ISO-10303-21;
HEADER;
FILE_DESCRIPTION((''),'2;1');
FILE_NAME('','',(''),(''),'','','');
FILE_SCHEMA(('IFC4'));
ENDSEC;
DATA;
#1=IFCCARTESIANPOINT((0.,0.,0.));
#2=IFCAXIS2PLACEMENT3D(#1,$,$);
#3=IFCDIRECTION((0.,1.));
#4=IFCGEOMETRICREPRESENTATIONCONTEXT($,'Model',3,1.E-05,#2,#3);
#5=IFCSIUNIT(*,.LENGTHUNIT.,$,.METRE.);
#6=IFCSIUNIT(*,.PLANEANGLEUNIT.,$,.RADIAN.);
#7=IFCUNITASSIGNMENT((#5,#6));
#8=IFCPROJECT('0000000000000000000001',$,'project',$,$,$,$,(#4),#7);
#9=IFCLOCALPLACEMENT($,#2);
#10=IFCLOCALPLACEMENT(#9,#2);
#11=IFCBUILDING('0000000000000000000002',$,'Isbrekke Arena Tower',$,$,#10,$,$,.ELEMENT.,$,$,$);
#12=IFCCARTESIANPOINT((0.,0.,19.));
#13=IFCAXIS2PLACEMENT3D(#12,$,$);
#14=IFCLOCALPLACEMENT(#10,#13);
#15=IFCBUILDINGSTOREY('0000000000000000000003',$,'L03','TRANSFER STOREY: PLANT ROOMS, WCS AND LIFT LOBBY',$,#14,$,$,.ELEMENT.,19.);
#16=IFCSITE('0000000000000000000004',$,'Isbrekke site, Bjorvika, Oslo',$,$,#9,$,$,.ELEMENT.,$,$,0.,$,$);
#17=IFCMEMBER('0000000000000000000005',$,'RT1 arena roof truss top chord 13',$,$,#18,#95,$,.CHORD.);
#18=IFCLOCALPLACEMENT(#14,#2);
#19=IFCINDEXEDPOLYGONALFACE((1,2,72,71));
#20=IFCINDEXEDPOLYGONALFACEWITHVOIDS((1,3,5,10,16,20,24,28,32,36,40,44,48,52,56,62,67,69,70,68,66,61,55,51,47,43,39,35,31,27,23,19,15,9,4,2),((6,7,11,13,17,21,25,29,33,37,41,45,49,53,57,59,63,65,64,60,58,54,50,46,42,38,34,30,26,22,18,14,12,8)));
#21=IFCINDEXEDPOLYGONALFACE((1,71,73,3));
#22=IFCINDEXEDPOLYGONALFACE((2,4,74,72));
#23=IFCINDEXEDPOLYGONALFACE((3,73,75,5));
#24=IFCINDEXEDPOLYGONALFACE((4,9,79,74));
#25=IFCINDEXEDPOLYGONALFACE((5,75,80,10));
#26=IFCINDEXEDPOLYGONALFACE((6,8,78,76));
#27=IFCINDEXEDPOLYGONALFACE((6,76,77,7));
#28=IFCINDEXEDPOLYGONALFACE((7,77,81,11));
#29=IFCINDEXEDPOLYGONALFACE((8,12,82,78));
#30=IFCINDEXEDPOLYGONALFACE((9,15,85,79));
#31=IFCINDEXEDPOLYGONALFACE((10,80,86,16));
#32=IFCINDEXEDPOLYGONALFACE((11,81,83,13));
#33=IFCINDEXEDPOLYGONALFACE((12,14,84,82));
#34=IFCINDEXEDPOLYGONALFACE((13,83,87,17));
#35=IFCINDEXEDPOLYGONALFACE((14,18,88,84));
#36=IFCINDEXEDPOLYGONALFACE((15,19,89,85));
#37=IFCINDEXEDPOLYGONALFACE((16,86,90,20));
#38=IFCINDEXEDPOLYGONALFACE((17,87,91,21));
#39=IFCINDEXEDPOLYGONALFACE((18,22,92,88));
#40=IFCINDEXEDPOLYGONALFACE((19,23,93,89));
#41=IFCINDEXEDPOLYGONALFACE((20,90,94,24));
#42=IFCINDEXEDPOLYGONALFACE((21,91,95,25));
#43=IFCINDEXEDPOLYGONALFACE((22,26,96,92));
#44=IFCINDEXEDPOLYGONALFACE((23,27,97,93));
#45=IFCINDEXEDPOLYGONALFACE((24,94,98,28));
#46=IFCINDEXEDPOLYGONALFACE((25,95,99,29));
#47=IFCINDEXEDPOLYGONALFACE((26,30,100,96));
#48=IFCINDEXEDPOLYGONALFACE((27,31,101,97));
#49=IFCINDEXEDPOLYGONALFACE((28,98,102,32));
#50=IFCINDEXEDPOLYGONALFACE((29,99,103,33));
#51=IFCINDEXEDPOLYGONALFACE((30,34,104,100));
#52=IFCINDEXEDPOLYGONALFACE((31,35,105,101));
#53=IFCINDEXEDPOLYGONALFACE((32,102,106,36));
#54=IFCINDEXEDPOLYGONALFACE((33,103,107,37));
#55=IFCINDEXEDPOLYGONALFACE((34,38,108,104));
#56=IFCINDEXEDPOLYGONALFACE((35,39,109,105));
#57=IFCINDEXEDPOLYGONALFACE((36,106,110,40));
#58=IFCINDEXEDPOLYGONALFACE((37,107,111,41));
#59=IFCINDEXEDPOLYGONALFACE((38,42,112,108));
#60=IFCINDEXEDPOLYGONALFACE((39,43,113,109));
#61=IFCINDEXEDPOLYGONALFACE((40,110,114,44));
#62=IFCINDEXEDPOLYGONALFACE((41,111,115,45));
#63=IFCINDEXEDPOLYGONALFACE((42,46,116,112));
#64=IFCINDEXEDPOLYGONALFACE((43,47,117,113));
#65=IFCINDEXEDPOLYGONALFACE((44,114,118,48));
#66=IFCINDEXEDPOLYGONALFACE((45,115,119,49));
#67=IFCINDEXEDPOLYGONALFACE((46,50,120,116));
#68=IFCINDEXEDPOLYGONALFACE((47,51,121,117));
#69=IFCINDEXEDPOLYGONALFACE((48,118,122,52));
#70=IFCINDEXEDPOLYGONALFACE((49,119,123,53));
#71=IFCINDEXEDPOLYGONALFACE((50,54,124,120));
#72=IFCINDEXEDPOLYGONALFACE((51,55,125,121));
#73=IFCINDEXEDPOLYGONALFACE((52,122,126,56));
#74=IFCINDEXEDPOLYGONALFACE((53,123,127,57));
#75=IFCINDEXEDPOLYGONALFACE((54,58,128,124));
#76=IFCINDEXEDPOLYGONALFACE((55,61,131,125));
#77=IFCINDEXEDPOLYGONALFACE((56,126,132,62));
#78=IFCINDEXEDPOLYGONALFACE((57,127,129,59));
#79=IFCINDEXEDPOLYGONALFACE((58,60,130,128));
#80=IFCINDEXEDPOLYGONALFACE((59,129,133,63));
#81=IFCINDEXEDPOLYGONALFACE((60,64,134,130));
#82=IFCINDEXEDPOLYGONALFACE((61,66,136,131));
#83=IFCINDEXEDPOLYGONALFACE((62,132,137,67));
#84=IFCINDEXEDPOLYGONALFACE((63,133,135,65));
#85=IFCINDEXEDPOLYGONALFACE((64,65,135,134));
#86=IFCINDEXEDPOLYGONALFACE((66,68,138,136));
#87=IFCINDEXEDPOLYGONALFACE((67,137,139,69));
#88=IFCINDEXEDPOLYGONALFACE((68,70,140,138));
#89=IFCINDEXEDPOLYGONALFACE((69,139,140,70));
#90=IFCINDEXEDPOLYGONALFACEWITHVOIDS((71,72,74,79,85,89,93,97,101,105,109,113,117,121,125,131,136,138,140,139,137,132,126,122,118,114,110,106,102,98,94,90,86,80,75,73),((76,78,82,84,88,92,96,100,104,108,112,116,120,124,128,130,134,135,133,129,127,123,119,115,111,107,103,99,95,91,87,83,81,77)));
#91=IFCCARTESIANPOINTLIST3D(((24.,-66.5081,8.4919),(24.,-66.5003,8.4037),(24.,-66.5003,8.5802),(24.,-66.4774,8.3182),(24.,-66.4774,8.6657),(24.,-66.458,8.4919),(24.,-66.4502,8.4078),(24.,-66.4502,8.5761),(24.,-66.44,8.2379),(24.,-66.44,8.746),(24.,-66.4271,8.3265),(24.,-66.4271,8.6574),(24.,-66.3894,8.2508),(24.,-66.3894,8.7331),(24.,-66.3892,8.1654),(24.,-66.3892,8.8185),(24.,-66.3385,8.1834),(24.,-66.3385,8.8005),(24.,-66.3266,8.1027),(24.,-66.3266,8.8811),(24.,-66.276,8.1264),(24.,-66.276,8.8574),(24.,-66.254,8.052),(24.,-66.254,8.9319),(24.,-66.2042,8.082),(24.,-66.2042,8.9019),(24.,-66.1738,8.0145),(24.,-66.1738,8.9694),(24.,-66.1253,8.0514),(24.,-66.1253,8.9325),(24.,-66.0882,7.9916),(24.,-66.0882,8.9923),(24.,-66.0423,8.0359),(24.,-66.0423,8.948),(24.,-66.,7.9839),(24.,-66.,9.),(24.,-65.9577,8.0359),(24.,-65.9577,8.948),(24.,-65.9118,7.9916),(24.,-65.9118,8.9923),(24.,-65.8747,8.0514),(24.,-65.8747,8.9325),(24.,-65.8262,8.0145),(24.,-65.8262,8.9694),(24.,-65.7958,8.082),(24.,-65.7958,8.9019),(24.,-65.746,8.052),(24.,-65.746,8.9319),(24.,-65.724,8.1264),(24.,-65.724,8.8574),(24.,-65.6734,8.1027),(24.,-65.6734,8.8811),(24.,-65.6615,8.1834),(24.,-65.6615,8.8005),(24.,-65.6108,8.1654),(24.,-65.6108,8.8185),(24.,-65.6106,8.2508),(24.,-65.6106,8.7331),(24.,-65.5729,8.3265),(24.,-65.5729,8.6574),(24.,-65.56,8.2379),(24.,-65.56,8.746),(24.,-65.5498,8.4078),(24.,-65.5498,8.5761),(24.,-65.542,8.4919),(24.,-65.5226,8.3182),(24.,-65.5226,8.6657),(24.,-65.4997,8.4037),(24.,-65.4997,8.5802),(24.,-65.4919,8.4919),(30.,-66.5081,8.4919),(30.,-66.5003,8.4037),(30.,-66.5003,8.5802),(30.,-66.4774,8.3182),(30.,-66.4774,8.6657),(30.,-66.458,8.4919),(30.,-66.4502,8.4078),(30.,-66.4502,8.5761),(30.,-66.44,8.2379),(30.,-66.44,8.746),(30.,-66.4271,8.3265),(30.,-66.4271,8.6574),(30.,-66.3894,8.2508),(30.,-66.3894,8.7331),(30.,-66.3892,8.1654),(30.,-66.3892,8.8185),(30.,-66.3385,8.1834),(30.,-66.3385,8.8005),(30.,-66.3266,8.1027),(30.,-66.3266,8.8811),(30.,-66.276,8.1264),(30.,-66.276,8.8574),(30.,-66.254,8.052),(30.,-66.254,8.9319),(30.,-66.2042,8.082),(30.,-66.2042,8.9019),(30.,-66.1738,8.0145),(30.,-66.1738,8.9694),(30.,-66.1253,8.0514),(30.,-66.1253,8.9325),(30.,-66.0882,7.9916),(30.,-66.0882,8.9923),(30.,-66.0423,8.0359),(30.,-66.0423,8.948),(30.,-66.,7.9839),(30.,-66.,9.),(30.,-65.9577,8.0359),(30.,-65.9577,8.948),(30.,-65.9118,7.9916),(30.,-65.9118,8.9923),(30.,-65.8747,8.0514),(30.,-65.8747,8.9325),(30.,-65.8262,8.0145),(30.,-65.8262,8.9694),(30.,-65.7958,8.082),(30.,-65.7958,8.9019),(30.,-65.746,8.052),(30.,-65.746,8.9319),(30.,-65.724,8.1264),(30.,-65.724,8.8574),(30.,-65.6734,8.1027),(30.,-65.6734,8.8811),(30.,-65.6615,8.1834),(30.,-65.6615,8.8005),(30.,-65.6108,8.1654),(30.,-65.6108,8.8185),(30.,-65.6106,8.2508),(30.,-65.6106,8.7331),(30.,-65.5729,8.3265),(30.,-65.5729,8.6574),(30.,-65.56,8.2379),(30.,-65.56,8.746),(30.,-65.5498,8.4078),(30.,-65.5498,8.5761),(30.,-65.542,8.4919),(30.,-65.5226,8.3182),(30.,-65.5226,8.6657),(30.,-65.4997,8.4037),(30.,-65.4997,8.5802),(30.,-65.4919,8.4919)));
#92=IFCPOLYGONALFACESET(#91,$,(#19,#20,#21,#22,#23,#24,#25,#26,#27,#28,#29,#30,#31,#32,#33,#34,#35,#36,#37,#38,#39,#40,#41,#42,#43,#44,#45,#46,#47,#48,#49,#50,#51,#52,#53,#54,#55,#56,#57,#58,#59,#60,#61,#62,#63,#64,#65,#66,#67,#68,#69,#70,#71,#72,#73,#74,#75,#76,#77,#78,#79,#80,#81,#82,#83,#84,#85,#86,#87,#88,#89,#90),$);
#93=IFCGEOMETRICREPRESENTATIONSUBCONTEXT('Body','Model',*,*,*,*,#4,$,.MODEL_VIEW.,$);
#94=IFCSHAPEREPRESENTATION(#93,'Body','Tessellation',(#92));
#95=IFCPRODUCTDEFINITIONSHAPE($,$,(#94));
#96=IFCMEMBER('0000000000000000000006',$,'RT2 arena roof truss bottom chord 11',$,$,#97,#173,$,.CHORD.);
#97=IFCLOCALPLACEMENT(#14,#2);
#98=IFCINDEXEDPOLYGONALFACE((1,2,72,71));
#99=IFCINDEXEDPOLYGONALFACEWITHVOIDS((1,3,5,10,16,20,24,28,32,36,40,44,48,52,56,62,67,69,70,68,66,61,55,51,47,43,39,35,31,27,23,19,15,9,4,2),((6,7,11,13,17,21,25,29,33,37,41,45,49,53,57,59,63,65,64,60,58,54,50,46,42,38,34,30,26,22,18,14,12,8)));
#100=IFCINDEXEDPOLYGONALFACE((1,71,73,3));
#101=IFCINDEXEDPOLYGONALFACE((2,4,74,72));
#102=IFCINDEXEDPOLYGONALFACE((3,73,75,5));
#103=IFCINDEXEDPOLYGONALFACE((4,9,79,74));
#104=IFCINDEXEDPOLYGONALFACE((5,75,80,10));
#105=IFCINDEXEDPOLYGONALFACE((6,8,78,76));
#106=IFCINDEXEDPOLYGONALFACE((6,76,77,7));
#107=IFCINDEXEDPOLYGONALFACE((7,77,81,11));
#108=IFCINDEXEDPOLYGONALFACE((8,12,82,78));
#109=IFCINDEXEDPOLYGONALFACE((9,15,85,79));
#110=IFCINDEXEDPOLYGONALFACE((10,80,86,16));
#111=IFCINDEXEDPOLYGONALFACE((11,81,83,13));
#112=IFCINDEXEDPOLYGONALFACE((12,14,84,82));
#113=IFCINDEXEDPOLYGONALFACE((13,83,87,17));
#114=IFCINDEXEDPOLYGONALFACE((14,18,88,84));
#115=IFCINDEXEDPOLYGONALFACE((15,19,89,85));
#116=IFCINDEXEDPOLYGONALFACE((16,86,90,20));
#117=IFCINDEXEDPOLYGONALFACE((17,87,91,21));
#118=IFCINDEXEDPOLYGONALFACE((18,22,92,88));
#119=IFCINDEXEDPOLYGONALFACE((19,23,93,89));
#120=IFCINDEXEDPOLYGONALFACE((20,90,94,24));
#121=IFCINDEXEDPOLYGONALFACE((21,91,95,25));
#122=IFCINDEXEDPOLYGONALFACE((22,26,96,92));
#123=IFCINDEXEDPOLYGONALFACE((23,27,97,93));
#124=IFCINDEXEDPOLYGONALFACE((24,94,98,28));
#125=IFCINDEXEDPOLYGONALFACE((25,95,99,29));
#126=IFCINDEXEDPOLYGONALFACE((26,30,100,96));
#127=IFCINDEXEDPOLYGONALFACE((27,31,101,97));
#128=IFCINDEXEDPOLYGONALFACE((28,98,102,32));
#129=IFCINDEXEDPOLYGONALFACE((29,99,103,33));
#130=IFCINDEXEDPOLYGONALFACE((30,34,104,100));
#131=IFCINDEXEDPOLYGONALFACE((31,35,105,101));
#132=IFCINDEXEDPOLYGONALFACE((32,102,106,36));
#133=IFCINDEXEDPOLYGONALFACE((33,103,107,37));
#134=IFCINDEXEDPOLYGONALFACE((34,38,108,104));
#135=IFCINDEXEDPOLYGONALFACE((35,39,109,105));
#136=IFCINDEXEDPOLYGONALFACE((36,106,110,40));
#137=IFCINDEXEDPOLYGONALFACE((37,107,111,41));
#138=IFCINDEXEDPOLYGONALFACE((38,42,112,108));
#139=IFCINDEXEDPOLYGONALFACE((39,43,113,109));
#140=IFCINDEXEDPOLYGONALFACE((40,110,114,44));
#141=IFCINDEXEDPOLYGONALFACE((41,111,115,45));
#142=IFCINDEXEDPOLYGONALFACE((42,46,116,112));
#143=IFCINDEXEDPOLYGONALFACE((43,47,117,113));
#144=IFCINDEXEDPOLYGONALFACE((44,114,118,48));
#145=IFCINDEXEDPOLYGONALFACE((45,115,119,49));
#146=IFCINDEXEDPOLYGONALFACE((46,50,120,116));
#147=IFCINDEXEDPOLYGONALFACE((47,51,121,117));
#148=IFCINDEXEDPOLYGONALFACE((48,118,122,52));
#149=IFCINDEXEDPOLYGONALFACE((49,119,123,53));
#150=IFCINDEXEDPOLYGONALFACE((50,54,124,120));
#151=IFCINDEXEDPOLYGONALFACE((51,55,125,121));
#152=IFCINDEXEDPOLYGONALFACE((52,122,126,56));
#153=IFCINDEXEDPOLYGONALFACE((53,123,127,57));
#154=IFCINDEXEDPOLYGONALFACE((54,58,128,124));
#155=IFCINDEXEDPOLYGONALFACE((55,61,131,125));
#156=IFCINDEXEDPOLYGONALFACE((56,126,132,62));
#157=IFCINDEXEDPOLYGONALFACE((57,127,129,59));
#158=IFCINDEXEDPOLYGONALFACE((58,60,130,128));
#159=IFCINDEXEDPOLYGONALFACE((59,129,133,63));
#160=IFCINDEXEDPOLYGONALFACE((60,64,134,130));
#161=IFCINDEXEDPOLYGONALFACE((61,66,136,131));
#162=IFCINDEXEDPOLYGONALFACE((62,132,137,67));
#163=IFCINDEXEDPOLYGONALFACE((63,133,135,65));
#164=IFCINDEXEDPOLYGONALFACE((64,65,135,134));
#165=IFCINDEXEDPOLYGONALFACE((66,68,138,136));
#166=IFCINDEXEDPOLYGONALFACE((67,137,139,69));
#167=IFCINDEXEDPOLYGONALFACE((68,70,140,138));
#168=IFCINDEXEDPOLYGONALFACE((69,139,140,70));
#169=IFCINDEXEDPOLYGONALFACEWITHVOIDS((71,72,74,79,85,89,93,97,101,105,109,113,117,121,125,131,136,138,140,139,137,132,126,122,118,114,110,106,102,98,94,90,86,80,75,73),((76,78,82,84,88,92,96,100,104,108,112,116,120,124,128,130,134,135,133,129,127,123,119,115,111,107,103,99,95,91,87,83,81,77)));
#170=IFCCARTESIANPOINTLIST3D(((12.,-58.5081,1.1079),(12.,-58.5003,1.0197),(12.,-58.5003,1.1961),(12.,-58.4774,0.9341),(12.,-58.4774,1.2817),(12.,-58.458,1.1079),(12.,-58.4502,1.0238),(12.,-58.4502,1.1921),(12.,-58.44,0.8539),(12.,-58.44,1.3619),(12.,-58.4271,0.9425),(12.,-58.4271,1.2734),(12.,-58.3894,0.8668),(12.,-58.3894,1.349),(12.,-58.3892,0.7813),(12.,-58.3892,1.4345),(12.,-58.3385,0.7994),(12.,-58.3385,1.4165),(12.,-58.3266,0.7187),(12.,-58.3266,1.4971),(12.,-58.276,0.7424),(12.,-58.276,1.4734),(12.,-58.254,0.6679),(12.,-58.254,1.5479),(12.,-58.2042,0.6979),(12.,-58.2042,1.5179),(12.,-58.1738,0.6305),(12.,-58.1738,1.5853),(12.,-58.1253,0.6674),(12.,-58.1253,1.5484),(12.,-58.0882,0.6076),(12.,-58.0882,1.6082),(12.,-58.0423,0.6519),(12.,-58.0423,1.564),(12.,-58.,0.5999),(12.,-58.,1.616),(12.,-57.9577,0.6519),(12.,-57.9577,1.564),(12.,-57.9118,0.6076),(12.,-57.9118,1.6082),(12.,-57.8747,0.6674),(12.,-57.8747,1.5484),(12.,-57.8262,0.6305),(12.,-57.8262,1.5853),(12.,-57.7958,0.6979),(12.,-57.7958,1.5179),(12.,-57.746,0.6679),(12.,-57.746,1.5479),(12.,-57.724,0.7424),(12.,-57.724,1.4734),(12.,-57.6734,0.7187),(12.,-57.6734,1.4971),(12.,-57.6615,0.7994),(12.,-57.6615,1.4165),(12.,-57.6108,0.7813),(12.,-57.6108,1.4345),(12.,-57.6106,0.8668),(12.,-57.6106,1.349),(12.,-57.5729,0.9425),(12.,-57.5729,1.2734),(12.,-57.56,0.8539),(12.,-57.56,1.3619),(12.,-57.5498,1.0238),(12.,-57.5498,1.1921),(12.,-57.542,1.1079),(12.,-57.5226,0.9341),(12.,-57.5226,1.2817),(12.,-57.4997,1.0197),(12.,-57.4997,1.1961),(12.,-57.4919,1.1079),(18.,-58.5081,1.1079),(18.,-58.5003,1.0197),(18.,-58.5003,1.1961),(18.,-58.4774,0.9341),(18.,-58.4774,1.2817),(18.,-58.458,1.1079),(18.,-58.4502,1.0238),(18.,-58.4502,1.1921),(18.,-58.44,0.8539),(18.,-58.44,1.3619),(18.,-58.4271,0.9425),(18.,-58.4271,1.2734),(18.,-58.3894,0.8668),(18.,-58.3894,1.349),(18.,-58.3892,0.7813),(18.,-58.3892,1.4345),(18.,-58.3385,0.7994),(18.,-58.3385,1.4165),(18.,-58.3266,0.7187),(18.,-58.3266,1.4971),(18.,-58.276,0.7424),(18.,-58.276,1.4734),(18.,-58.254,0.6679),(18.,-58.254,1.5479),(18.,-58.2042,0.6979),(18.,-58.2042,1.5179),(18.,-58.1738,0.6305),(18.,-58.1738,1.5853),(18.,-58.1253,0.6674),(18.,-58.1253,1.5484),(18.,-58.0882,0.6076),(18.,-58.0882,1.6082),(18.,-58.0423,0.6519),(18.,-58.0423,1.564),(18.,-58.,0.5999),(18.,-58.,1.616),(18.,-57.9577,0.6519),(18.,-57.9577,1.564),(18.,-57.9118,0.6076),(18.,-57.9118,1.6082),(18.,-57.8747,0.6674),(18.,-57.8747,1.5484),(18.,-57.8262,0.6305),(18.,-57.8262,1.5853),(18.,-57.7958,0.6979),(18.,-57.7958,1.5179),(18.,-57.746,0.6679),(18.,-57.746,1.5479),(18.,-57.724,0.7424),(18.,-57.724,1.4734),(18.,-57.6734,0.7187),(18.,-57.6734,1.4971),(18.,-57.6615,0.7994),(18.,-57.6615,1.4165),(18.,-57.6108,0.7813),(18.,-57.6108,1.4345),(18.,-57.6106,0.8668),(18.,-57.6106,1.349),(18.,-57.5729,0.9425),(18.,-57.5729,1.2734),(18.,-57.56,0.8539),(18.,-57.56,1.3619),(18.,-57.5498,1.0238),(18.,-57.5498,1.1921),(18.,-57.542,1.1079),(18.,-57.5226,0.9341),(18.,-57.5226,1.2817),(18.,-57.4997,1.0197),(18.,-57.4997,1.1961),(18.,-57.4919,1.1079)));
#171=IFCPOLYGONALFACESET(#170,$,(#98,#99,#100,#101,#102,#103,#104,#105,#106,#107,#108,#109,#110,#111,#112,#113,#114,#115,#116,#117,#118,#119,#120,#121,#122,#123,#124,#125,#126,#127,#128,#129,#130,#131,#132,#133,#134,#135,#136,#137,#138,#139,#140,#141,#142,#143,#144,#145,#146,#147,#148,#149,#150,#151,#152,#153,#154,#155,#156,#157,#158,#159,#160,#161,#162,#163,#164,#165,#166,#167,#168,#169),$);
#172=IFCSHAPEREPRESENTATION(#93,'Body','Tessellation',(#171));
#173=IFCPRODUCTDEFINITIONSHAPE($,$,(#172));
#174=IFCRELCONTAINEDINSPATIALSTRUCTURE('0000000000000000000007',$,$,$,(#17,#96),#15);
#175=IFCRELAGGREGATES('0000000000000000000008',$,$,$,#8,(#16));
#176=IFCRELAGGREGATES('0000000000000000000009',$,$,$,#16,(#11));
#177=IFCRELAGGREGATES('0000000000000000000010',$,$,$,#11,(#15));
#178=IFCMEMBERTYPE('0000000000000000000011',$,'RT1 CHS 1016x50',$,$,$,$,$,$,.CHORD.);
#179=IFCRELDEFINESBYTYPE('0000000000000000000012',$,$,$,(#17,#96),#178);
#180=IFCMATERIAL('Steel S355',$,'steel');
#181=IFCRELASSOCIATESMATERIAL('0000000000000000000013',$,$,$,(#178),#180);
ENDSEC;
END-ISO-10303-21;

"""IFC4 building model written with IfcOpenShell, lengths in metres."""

from ifc_helpers import new_model, si_unit, direction, frame, origin, origin_2d, place, context, subcontext, project, spatial, hollow_circle, extrude, material, material_profile, profile_set, type_object, element, save


model = new_model("IFC4")

# Units and contexts
model_context = context("Model", 3, precision=1e-05, world=origin(), true_north=direction((0.0, 1.0)))
body_context = subcontext(model_context, "Body", "Model", "MODEL_VIEW")
ifc_project = project(units=[si_unit("LENGTHUNIT", "METRE"), si_unit("PLANEANGLEUNIT", "RADIAN")], contexts=[model_context])

# Site, building, storey
site_placement = place(None, origin())
site = spatial("IfcSite", under=ifc_project, at=site_placement, Name="Isbrekke site, Bjorvika, Oslo", CompositionType="ELEMENT", RefElevation=0.0)
building_placement = place(site_placement, origin())
building = spatial("IfcBuilding", under=site, at=building_placement, Name="Isbrekke Arena Tower", CompositionType="ELEMENT")
storey_placement = place(building_placement, frame((0.0, 0.0, 19.0)))
storey = spatial("IfcBuildingStorey", under=building, at=storey_placement, Name="L03", Description="TRANSFER STOREY: PLANT ROOMS, WCS AND LIFT LOBBY", CompositionType="ELEMENT", Elevation=19.0)

# Members
ifc_material_1 = material(Name="Steel S355", Category="steel")
ifc_material_profile_1 = material_profile(ifc_material_1, hollow_circle(Radius=0.5081, WallThickness=0.05, at=origin_2d()), Name="CHS 1016x50")
ifc_profile_set_1 = profile_set([ifc_material_profile_1], Name="Steel S355")
member_type_1 = type_object("IfcMemberType", Name="RT1 CHS 1016x50", PredefinedType="CHORD", material=ifc_profile_set_1)
for number, where, z_axis, x_axis, name in (
    (1, (24.0, -66.0, 8.4919), (1.0, 0.0, 0.0), (0.0, 1.0, 0.0), "RT1 arena roof truss top chord 13"),
    (2, (12.0, -58.0, 1.1079), (1.0, 0.0, 0.0), (0.0, 1.0, 0.0), "RT2 arena roof truss bottom chord 11"),
):
    element("IfcMember", number, at=place(storey_placement, frame(where, z_axis=z_axis, x_axis=x_axis)), inside=storey, type_object=member_type_1, Name=name, PredefinedType="CHORD", context=body_context, shape_type="SweptSolid", body=[
        extrude(hollow_circle(Radius=0.5081, WallThickness=0.05, at=origin_2d()), origin(), (0.0, 0.0, 1.0), 6.0),
    ])

save(model, "model.ifc")
